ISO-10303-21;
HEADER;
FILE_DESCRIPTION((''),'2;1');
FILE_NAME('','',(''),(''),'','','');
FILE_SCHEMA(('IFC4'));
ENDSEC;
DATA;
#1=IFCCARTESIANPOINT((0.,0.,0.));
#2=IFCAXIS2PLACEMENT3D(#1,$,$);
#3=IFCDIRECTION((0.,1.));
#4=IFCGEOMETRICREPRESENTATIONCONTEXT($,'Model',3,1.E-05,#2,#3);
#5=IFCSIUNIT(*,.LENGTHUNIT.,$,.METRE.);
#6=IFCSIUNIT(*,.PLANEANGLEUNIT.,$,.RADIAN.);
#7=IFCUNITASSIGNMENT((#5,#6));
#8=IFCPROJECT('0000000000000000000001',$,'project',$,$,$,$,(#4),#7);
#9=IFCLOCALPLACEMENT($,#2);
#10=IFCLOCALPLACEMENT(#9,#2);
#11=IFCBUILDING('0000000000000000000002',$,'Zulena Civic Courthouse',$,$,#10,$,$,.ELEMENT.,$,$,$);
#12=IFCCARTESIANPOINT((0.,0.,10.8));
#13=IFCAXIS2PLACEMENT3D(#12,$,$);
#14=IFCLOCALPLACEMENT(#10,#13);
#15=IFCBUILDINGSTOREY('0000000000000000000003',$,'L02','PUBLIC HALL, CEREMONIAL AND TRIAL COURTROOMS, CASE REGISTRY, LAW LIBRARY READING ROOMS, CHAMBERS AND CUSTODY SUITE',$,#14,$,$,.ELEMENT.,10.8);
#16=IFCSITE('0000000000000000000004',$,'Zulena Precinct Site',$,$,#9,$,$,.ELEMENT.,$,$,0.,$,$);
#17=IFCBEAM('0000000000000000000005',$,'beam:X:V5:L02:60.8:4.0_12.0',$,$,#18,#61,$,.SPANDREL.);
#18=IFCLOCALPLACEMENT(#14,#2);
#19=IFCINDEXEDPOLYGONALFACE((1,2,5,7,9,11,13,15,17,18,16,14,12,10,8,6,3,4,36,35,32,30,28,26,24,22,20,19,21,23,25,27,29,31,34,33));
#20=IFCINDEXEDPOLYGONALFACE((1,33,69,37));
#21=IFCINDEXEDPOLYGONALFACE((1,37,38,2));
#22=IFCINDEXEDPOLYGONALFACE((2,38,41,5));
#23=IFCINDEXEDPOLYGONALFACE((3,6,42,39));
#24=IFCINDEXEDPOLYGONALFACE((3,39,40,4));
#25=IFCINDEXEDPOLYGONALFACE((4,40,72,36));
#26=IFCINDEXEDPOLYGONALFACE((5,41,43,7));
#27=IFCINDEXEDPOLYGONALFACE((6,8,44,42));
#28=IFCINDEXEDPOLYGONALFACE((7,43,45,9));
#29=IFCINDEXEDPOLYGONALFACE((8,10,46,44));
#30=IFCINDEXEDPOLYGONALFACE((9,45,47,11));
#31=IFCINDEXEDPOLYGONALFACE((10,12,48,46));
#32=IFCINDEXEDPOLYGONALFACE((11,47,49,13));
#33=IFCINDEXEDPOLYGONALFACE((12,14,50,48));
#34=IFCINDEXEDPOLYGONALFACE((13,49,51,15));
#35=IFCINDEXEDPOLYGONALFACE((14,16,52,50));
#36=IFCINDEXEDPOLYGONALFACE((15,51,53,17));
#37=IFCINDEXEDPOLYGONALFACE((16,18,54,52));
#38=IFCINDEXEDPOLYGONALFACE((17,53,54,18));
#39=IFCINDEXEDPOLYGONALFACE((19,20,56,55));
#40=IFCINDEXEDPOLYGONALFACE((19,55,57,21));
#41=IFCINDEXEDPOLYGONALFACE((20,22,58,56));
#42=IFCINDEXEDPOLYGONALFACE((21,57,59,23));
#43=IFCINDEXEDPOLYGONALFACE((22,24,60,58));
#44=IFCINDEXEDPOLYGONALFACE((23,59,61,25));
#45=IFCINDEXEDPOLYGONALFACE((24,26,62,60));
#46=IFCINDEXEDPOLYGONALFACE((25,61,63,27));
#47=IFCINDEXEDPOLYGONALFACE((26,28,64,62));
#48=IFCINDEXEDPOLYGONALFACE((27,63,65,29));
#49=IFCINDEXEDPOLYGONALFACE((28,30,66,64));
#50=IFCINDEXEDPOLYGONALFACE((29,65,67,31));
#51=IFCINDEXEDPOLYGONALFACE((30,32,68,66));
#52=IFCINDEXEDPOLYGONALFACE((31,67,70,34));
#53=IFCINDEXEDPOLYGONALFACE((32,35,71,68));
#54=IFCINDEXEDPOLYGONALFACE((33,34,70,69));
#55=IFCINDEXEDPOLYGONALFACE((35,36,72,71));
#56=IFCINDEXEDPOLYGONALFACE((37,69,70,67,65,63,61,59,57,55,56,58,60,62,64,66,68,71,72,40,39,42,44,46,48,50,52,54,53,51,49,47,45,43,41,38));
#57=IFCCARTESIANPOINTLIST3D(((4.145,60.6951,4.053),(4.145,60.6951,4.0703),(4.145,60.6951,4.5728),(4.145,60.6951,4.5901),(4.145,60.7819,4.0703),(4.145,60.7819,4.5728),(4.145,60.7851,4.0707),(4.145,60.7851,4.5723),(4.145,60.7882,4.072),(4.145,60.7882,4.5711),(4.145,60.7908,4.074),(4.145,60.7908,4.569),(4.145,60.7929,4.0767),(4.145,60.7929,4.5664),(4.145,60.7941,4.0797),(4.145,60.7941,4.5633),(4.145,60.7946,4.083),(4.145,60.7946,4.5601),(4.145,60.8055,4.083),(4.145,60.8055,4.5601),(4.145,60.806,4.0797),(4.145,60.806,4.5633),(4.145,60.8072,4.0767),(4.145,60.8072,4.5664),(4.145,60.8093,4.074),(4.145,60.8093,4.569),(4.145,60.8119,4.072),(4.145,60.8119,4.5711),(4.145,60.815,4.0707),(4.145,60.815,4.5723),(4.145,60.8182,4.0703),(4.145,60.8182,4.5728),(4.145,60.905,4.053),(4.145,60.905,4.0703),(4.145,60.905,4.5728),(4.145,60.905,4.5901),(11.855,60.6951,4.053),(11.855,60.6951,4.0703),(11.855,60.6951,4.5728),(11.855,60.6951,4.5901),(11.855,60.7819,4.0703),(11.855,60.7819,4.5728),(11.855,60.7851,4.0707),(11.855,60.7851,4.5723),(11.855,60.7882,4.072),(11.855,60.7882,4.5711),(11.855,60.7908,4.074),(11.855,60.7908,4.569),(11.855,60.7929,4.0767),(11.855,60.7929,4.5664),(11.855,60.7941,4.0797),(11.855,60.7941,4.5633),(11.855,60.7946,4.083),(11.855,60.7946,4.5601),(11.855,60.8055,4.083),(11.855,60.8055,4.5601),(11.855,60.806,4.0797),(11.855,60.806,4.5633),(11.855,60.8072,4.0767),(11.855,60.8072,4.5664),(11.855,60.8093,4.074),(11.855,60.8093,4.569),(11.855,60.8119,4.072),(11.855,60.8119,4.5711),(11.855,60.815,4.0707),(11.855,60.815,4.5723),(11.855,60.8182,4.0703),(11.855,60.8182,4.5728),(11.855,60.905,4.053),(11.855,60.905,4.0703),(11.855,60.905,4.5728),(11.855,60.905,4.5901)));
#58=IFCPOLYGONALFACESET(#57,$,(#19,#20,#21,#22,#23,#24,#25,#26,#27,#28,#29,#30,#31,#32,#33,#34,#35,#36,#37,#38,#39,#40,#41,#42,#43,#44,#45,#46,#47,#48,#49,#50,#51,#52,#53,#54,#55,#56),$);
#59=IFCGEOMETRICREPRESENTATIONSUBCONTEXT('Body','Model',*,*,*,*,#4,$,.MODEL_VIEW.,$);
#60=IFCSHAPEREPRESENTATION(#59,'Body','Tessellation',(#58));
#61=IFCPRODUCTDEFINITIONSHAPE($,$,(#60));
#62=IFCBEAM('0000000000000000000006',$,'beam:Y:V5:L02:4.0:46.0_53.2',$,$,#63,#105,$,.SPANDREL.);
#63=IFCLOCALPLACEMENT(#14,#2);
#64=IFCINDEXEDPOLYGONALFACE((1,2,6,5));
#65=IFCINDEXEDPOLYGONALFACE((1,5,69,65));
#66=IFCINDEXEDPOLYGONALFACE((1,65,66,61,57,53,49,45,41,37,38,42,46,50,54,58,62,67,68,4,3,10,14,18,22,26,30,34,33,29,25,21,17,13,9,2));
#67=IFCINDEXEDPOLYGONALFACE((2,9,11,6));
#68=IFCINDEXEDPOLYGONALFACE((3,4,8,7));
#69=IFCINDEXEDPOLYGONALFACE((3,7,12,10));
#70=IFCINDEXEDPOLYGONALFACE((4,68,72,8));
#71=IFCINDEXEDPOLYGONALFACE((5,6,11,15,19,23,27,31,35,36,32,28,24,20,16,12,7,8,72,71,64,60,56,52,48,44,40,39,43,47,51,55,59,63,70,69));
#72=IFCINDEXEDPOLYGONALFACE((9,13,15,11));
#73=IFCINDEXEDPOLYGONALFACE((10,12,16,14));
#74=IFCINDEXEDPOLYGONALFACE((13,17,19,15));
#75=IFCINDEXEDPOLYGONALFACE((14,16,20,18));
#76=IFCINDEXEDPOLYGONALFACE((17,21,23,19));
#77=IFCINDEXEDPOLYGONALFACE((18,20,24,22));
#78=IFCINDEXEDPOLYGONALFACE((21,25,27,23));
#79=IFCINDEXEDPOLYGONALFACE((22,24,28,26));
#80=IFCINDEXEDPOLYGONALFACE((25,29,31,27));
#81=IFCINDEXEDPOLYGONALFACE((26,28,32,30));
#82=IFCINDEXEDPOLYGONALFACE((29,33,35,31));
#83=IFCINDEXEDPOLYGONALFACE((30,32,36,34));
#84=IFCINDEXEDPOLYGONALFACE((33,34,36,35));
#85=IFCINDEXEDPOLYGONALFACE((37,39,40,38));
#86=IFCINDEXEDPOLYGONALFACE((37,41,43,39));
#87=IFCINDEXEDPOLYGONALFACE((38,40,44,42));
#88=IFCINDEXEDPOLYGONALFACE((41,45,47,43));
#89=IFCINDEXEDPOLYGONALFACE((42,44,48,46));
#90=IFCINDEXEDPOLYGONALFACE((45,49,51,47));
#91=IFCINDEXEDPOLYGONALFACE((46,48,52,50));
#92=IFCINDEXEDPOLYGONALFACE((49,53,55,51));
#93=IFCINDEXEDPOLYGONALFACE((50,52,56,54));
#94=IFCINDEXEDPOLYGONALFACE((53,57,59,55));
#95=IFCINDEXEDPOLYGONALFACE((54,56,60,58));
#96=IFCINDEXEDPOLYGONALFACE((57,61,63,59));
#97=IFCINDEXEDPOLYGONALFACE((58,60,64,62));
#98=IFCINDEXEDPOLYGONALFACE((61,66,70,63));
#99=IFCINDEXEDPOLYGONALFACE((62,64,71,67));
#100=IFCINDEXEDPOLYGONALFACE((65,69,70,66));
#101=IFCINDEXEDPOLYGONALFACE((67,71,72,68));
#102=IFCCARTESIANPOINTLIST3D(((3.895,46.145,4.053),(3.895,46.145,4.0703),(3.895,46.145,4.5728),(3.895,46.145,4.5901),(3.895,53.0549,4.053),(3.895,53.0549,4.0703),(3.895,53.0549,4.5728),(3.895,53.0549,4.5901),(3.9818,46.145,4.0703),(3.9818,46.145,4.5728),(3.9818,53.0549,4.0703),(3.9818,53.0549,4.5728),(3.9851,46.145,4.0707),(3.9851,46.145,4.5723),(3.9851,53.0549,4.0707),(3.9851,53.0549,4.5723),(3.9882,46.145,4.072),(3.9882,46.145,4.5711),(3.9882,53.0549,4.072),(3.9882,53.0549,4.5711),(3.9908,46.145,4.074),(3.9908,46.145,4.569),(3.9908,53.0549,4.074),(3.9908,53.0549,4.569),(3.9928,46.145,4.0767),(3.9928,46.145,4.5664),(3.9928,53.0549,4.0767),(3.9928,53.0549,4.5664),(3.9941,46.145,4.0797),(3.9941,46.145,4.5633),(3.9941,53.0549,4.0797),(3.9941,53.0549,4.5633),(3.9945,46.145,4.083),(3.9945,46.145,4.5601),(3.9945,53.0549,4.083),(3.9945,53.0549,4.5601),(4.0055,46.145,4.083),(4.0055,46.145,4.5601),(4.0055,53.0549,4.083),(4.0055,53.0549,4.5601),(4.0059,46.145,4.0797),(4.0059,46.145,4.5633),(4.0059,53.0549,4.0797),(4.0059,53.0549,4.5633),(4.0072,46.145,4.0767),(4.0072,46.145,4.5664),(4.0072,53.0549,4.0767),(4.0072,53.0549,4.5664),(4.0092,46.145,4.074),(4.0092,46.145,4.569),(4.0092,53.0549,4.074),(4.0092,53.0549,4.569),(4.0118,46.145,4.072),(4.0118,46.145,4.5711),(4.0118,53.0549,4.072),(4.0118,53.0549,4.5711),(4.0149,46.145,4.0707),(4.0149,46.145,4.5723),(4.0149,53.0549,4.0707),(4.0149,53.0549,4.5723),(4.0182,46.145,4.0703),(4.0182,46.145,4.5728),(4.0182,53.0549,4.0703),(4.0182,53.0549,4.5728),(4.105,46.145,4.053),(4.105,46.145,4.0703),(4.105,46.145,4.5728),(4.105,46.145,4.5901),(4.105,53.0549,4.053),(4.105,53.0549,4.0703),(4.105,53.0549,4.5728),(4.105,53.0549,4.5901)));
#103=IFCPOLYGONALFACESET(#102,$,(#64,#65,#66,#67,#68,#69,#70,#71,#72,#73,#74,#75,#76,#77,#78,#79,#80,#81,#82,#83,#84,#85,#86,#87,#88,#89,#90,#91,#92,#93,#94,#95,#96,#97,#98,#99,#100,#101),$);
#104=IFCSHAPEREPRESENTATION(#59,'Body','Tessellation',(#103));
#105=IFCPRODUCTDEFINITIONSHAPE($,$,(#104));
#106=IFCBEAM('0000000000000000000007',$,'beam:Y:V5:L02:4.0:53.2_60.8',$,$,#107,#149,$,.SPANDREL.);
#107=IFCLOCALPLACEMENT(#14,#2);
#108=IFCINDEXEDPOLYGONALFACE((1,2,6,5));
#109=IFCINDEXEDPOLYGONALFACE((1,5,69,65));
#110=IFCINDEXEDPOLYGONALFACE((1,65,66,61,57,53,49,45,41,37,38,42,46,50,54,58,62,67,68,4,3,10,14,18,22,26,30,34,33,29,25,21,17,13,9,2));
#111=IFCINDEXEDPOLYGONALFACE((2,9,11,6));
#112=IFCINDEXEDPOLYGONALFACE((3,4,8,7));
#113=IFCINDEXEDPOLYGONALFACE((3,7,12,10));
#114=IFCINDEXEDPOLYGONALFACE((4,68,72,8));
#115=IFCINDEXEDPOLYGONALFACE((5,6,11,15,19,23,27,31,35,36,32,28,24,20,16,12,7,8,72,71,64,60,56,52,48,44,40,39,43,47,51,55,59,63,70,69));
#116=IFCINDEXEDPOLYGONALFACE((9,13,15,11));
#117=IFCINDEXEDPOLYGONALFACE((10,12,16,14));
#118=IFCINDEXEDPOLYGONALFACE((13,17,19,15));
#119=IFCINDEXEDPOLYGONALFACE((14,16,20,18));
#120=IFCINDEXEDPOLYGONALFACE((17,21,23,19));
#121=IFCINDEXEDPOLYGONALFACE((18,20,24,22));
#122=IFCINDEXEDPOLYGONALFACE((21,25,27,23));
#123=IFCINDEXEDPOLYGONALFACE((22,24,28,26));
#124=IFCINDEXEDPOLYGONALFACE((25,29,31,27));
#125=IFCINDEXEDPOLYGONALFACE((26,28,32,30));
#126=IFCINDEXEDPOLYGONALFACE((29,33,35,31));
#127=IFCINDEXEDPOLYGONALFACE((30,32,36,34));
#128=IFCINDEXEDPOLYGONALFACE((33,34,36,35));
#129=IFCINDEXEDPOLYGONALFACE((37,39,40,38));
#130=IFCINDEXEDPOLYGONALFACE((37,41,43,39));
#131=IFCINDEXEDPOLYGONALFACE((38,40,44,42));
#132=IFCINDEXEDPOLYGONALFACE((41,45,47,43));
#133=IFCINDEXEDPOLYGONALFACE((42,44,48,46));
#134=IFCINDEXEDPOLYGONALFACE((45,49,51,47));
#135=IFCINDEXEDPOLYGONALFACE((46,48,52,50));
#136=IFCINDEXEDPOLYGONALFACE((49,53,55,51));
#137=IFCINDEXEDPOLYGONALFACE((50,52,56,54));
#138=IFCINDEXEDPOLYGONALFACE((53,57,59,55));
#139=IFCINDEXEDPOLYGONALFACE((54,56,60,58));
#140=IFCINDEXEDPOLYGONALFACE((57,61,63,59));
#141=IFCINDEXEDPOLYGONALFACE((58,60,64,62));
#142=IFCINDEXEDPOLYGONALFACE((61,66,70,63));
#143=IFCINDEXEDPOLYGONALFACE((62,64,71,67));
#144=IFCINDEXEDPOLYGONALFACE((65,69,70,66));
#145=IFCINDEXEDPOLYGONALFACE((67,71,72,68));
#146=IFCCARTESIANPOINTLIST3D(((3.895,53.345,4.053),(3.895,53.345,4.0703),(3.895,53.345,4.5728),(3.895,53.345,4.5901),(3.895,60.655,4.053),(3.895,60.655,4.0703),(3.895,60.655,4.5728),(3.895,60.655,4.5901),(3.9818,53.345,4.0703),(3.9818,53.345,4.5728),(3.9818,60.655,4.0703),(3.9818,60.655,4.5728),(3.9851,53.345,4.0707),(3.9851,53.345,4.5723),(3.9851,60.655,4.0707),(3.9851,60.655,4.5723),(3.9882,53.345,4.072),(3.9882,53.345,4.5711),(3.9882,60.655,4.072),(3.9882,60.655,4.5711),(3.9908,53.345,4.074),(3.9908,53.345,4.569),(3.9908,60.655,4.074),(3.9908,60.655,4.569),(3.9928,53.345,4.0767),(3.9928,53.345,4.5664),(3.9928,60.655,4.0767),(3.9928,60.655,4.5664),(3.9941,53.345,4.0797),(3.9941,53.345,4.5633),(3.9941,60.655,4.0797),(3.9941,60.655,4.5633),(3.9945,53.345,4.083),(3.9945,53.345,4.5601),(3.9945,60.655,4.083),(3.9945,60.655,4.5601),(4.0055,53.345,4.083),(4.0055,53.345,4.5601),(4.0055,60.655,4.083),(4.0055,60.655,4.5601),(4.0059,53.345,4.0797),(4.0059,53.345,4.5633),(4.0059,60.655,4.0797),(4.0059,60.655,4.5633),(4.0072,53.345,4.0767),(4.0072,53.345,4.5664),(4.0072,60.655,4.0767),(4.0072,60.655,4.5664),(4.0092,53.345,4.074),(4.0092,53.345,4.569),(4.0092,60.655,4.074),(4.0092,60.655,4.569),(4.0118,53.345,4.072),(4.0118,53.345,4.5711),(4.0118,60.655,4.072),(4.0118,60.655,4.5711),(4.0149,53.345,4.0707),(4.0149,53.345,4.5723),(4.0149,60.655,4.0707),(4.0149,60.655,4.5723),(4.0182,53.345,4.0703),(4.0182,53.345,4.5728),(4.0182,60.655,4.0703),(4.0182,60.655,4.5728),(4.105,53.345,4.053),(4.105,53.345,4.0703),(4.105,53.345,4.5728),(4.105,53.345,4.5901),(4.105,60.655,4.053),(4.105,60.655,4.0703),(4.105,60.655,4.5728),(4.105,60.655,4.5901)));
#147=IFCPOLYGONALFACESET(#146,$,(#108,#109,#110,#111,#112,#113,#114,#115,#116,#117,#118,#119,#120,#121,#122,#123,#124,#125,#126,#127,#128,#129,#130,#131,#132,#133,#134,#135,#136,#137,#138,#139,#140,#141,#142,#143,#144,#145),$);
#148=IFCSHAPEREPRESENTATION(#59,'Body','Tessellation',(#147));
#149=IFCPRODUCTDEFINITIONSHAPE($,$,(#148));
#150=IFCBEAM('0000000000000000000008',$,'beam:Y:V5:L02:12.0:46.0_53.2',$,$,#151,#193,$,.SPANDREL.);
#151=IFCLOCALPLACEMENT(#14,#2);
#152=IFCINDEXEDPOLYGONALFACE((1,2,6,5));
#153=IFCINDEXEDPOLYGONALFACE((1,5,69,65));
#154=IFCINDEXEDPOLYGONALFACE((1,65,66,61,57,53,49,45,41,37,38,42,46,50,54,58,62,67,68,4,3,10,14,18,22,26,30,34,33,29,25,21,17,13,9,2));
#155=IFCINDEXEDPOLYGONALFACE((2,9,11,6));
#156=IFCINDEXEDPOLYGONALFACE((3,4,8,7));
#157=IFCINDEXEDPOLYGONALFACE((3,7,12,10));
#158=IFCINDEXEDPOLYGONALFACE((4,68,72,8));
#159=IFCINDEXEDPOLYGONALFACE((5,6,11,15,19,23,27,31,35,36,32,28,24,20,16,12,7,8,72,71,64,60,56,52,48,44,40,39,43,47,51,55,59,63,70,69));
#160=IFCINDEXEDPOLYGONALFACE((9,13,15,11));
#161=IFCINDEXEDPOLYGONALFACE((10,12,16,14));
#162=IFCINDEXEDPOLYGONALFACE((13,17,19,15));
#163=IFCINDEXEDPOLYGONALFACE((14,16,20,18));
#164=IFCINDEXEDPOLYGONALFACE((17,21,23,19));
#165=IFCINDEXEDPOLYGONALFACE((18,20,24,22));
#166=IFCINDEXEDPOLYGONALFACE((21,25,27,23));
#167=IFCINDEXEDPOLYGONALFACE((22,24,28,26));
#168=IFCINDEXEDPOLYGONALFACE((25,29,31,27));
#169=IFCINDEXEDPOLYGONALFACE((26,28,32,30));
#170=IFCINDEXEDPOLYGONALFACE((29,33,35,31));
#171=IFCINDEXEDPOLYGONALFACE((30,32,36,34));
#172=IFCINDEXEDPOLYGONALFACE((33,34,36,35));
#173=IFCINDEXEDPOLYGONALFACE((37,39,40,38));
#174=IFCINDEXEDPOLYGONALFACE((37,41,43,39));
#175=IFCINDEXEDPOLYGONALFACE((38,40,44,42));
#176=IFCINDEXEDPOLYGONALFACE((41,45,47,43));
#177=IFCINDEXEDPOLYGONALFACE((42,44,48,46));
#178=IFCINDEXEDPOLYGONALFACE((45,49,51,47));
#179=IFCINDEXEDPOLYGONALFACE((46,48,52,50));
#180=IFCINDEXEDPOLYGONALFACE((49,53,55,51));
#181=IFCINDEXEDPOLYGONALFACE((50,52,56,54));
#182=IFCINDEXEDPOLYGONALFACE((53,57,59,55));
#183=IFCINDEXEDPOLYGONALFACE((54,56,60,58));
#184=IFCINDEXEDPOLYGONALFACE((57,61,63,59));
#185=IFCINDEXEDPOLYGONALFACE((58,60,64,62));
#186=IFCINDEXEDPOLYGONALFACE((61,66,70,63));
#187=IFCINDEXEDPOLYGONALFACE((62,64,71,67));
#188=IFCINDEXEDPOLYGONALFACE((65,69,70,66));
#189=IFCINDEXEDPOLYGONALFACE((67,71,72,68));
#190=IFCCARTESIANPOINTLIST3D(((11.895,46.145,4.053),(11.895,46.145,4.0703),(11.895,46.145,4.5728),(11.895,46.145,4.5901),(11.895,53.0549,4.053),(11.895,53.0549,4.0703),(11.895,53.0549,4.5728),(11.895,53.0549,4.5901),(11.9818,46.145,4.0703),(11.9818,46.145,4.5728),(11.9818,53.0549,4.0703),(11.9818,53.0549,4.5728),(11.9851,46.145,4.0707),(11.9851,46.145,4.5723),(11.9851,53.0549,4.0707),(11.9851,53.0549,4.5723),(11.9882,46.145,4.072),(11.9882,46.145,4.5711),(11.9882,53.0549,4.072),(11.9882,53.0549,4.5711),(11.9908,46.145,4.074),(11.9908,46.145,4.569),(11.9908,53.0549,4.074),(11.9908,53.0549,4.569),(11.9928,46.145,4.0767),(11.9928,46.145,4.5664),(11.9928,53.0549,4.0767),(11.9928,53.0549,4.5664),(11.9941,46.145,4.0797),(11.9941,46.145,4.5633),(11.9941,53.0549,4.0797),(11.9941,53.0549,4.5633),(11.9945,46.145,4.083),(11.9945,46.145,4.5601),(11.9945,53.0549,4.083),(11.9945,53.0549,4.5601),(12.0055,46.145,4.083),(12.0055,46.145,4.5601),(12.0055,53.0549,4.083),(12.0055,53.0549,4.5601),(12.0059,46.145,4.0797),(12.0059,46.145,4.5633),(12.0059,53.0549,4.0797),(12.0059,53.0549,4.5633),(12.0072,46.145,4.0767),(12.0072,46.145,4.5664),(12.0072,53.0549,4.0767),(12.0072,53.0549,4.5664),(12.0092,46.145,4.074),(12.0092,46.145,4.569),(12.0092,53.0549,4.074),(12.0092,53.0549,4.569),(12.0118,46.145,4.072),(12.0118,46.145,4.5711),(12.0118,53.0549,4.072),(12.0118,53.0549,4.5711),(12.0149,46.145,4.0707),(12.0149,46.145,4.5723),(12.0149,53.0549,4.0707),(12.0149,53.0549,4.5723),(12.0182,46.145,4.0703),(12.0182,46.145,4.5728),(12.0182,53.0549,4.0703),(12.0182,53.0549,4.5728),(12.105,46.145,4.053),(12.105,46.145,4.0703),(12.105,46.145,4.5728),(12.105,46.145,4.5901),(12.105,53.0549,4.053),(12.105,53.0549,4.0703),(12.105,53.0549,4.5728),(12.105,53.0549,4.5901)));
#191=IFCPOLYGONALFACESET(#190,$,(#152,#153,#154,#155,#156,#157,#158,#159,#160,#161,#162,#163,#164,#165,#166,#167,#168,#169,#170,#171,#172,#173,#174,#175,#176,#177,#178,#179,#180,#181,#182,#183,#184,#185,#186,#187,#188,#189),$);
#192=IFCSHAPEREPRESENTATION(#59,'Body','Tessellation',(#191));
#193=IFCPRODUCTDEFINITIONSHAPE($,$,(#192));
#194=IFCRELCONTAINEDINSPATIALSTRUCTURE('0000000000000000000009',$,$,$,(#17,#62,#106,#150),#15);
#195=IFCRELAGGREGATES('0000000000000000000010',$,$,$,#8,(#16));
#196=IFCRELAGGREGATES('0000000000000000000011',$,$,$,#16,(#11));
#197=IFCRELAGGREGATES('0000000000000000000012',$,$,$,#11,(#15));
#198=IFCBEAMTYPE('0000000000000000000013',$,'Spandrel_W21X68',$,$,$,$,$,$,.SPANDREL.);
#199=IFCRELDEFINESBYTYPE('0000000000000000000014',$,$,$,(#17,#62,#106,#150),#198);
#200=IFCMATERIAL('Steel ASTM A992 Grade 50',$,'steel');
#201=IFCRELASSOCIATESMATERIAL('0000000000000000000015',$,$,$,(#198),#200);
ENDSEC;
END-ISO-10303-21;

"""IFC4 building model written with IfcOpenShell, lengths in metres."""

from ifc_helpers import new_model, si_unit, direction, frame, origin, origin_2d, place, context, subcontext, project, spatial, i_section, extrude, material, material_profile, profile_set, type_object, element, save


model = new_model("IFC4")

# Units and contexts
model_context = context("Model", 3, precision=1e-05, world=origin(), true_north=direction((0.0, 1.0)))
body_context = subcontext(model_context, "Body", "Model", "MODEL_VIEW")
ifc_project = project(units=[si_unit("LENGTHUNIT", "METRE"), si_unit("PLANEANGLEUNIT", "RADIAN")], contexts=[model_context])

# Site, building, storey
site_placement = place(None, origin())
site = spatial("IfcSite", under=ifc_project, at=site_placement, Name="Zulena Precinct Site", CompositionType="ELEMENT", RefElevation=0.0)
building_placement = place(site_placement, origin())
building = spatial("IfcBuilding", under=site, at=building_placement, Name="Zulena Civic Courthouse", CompositionType="ELEMENT")
storey_placement = place(building_placement, frame((0.0, 0.0, 10.8)))
storey = spatial("IfcBuildingStorey", under=building, at=storey_placement, Name="L02", Description="PUBLIC HALL, CEREMONIAL AND TRIAL COURTROOMS, CASE REGISTRY, LAW LIBRARY READING ROOMS, CHAMBERS AND CUSTODY SUITE", CompositionType="ELEMENT", Elevation=10.8)

# Shared definitions
ifc_material_1 = material(Name="Steel ASTM A992 Grade 50", Category="steel")

# Beams
ifc_material_profile_1 = material_profile(ifc_material_1, i_section(OverallWidth=0.21, OverallDepth=0.5371, WebThickness=0.011, FlangeThickness=0.0173, FilletRadius=0.0127, at=origin_2d()), Name="W21X68")
ifc_profile_set_1 = profile_set([ifc_material_profile_1], Name="Steel ASTM A992 Grade 50")
beam_type_1 = type_object("IfcBeamType", Name="Spandrel_W21X68", PredefinedType="SPANDREL", material=ifc_profile_set_1)
for number, where, z_axis, x_axis, name in (
    (1, (4.145, 60.8, 4.3215), (1.0, 0.0, 0.0), (0.0, 1.0, 0.0), "beam:X:V5:L02:60.8:4.0_12.0"),
):
    element("IfcBeam", number, at=place(storey_placement, frame(where, z_axis=z_axis, x_axis=x_axis)), inside=storey, type_object=beam_type_1, Name=name, PredefinedType="SPANDREL", context=body_context, shape_type="SweptSolid", body=[
        extrude(i_section(OverallWidth=0.21, OverallDepth=0.5371, WebThickness=0.011, FlangeThickness=0.0173, FilletRadius=0.0127, at=origin_2d()), origin(), (0.0, 0.0, 1.0), 7.71),
    ])
beam_1_placement = place(storey_placement, frame((4.0, 46.145, 4.3215), z_axis=(0.0, 1.0, 0.0), x_axis=(-1.0, 0.0, 0.0)))
element("IfcBeam", 2, at=beam_1_placement, inside=storey, type_object=beam_type_1, Name="beam:Y:V5:L02:4.0:46.0_53.2", PredefinedType="SPANDREL", context=body_context, shape_type="SweptSolid", body=[
    extrude(i_section(OverallWidth=0.21, OverallDepth=0.5371, WebThickness=0.011, FlangeThickness=0.0173, FilletRadius=0.0127, at=origin_2d()), origin(), (0.0, 0.0, 1.0), 6.9099),
])
beam_2_placement = place(storey_placement, frame((4.0, 53.345, 4.3215), z_axis=(0.0, 1.0, 0.0), x_axis=(-1.0, 0.0, 0.0)))
element("IfcBeam", 3, at=beam_2_placement, inside=storey, type_object=beam_type_1, Name="beam:Y:V5:L02:4.0:53.2_60.8", PredefinedType="SPANDREL", context=body_context, shape_type="SweptSolid", body=[
    extrude(i_section(OverallWidth=0.21, OverallDepth=0.5371, WebThickness=0.011, FlangeThickness=0.0173, FilletRadius=0.0127, at=origin_2d()), origin(), (0.0, 0.0, 1.0), 7.3101),
])
for number, where, z_axis, x_axis, name in (
    (4, (12.0, 46.145, 4.3215), (0.0, 1.0, 0.0), (-1.0, 0.0, 0.0), "beam:Y:V5:L02:12.0:46.0_53.2"),
):
    element("IfcBeam", number, at=place(storey_placement, frame(where, z_axis=z_axis, x_axis=x_axis)), inside=storey, type_object=beam_type_1, Name=name, PredefinedType="SPANDREL", context=body_context, shape_type="SweptSolid", body=[
        extrude(i_section(OverallWidth=0.21, OverallDepth=0.5371, WebThickness=0.011, FlangeThickness=0.0173, FilletRadius=0.0127, at=origin_2d()), origin(), (0.0, 0.0, 1.0), 6.9099),
    ])

save(model, "model.ifc")
